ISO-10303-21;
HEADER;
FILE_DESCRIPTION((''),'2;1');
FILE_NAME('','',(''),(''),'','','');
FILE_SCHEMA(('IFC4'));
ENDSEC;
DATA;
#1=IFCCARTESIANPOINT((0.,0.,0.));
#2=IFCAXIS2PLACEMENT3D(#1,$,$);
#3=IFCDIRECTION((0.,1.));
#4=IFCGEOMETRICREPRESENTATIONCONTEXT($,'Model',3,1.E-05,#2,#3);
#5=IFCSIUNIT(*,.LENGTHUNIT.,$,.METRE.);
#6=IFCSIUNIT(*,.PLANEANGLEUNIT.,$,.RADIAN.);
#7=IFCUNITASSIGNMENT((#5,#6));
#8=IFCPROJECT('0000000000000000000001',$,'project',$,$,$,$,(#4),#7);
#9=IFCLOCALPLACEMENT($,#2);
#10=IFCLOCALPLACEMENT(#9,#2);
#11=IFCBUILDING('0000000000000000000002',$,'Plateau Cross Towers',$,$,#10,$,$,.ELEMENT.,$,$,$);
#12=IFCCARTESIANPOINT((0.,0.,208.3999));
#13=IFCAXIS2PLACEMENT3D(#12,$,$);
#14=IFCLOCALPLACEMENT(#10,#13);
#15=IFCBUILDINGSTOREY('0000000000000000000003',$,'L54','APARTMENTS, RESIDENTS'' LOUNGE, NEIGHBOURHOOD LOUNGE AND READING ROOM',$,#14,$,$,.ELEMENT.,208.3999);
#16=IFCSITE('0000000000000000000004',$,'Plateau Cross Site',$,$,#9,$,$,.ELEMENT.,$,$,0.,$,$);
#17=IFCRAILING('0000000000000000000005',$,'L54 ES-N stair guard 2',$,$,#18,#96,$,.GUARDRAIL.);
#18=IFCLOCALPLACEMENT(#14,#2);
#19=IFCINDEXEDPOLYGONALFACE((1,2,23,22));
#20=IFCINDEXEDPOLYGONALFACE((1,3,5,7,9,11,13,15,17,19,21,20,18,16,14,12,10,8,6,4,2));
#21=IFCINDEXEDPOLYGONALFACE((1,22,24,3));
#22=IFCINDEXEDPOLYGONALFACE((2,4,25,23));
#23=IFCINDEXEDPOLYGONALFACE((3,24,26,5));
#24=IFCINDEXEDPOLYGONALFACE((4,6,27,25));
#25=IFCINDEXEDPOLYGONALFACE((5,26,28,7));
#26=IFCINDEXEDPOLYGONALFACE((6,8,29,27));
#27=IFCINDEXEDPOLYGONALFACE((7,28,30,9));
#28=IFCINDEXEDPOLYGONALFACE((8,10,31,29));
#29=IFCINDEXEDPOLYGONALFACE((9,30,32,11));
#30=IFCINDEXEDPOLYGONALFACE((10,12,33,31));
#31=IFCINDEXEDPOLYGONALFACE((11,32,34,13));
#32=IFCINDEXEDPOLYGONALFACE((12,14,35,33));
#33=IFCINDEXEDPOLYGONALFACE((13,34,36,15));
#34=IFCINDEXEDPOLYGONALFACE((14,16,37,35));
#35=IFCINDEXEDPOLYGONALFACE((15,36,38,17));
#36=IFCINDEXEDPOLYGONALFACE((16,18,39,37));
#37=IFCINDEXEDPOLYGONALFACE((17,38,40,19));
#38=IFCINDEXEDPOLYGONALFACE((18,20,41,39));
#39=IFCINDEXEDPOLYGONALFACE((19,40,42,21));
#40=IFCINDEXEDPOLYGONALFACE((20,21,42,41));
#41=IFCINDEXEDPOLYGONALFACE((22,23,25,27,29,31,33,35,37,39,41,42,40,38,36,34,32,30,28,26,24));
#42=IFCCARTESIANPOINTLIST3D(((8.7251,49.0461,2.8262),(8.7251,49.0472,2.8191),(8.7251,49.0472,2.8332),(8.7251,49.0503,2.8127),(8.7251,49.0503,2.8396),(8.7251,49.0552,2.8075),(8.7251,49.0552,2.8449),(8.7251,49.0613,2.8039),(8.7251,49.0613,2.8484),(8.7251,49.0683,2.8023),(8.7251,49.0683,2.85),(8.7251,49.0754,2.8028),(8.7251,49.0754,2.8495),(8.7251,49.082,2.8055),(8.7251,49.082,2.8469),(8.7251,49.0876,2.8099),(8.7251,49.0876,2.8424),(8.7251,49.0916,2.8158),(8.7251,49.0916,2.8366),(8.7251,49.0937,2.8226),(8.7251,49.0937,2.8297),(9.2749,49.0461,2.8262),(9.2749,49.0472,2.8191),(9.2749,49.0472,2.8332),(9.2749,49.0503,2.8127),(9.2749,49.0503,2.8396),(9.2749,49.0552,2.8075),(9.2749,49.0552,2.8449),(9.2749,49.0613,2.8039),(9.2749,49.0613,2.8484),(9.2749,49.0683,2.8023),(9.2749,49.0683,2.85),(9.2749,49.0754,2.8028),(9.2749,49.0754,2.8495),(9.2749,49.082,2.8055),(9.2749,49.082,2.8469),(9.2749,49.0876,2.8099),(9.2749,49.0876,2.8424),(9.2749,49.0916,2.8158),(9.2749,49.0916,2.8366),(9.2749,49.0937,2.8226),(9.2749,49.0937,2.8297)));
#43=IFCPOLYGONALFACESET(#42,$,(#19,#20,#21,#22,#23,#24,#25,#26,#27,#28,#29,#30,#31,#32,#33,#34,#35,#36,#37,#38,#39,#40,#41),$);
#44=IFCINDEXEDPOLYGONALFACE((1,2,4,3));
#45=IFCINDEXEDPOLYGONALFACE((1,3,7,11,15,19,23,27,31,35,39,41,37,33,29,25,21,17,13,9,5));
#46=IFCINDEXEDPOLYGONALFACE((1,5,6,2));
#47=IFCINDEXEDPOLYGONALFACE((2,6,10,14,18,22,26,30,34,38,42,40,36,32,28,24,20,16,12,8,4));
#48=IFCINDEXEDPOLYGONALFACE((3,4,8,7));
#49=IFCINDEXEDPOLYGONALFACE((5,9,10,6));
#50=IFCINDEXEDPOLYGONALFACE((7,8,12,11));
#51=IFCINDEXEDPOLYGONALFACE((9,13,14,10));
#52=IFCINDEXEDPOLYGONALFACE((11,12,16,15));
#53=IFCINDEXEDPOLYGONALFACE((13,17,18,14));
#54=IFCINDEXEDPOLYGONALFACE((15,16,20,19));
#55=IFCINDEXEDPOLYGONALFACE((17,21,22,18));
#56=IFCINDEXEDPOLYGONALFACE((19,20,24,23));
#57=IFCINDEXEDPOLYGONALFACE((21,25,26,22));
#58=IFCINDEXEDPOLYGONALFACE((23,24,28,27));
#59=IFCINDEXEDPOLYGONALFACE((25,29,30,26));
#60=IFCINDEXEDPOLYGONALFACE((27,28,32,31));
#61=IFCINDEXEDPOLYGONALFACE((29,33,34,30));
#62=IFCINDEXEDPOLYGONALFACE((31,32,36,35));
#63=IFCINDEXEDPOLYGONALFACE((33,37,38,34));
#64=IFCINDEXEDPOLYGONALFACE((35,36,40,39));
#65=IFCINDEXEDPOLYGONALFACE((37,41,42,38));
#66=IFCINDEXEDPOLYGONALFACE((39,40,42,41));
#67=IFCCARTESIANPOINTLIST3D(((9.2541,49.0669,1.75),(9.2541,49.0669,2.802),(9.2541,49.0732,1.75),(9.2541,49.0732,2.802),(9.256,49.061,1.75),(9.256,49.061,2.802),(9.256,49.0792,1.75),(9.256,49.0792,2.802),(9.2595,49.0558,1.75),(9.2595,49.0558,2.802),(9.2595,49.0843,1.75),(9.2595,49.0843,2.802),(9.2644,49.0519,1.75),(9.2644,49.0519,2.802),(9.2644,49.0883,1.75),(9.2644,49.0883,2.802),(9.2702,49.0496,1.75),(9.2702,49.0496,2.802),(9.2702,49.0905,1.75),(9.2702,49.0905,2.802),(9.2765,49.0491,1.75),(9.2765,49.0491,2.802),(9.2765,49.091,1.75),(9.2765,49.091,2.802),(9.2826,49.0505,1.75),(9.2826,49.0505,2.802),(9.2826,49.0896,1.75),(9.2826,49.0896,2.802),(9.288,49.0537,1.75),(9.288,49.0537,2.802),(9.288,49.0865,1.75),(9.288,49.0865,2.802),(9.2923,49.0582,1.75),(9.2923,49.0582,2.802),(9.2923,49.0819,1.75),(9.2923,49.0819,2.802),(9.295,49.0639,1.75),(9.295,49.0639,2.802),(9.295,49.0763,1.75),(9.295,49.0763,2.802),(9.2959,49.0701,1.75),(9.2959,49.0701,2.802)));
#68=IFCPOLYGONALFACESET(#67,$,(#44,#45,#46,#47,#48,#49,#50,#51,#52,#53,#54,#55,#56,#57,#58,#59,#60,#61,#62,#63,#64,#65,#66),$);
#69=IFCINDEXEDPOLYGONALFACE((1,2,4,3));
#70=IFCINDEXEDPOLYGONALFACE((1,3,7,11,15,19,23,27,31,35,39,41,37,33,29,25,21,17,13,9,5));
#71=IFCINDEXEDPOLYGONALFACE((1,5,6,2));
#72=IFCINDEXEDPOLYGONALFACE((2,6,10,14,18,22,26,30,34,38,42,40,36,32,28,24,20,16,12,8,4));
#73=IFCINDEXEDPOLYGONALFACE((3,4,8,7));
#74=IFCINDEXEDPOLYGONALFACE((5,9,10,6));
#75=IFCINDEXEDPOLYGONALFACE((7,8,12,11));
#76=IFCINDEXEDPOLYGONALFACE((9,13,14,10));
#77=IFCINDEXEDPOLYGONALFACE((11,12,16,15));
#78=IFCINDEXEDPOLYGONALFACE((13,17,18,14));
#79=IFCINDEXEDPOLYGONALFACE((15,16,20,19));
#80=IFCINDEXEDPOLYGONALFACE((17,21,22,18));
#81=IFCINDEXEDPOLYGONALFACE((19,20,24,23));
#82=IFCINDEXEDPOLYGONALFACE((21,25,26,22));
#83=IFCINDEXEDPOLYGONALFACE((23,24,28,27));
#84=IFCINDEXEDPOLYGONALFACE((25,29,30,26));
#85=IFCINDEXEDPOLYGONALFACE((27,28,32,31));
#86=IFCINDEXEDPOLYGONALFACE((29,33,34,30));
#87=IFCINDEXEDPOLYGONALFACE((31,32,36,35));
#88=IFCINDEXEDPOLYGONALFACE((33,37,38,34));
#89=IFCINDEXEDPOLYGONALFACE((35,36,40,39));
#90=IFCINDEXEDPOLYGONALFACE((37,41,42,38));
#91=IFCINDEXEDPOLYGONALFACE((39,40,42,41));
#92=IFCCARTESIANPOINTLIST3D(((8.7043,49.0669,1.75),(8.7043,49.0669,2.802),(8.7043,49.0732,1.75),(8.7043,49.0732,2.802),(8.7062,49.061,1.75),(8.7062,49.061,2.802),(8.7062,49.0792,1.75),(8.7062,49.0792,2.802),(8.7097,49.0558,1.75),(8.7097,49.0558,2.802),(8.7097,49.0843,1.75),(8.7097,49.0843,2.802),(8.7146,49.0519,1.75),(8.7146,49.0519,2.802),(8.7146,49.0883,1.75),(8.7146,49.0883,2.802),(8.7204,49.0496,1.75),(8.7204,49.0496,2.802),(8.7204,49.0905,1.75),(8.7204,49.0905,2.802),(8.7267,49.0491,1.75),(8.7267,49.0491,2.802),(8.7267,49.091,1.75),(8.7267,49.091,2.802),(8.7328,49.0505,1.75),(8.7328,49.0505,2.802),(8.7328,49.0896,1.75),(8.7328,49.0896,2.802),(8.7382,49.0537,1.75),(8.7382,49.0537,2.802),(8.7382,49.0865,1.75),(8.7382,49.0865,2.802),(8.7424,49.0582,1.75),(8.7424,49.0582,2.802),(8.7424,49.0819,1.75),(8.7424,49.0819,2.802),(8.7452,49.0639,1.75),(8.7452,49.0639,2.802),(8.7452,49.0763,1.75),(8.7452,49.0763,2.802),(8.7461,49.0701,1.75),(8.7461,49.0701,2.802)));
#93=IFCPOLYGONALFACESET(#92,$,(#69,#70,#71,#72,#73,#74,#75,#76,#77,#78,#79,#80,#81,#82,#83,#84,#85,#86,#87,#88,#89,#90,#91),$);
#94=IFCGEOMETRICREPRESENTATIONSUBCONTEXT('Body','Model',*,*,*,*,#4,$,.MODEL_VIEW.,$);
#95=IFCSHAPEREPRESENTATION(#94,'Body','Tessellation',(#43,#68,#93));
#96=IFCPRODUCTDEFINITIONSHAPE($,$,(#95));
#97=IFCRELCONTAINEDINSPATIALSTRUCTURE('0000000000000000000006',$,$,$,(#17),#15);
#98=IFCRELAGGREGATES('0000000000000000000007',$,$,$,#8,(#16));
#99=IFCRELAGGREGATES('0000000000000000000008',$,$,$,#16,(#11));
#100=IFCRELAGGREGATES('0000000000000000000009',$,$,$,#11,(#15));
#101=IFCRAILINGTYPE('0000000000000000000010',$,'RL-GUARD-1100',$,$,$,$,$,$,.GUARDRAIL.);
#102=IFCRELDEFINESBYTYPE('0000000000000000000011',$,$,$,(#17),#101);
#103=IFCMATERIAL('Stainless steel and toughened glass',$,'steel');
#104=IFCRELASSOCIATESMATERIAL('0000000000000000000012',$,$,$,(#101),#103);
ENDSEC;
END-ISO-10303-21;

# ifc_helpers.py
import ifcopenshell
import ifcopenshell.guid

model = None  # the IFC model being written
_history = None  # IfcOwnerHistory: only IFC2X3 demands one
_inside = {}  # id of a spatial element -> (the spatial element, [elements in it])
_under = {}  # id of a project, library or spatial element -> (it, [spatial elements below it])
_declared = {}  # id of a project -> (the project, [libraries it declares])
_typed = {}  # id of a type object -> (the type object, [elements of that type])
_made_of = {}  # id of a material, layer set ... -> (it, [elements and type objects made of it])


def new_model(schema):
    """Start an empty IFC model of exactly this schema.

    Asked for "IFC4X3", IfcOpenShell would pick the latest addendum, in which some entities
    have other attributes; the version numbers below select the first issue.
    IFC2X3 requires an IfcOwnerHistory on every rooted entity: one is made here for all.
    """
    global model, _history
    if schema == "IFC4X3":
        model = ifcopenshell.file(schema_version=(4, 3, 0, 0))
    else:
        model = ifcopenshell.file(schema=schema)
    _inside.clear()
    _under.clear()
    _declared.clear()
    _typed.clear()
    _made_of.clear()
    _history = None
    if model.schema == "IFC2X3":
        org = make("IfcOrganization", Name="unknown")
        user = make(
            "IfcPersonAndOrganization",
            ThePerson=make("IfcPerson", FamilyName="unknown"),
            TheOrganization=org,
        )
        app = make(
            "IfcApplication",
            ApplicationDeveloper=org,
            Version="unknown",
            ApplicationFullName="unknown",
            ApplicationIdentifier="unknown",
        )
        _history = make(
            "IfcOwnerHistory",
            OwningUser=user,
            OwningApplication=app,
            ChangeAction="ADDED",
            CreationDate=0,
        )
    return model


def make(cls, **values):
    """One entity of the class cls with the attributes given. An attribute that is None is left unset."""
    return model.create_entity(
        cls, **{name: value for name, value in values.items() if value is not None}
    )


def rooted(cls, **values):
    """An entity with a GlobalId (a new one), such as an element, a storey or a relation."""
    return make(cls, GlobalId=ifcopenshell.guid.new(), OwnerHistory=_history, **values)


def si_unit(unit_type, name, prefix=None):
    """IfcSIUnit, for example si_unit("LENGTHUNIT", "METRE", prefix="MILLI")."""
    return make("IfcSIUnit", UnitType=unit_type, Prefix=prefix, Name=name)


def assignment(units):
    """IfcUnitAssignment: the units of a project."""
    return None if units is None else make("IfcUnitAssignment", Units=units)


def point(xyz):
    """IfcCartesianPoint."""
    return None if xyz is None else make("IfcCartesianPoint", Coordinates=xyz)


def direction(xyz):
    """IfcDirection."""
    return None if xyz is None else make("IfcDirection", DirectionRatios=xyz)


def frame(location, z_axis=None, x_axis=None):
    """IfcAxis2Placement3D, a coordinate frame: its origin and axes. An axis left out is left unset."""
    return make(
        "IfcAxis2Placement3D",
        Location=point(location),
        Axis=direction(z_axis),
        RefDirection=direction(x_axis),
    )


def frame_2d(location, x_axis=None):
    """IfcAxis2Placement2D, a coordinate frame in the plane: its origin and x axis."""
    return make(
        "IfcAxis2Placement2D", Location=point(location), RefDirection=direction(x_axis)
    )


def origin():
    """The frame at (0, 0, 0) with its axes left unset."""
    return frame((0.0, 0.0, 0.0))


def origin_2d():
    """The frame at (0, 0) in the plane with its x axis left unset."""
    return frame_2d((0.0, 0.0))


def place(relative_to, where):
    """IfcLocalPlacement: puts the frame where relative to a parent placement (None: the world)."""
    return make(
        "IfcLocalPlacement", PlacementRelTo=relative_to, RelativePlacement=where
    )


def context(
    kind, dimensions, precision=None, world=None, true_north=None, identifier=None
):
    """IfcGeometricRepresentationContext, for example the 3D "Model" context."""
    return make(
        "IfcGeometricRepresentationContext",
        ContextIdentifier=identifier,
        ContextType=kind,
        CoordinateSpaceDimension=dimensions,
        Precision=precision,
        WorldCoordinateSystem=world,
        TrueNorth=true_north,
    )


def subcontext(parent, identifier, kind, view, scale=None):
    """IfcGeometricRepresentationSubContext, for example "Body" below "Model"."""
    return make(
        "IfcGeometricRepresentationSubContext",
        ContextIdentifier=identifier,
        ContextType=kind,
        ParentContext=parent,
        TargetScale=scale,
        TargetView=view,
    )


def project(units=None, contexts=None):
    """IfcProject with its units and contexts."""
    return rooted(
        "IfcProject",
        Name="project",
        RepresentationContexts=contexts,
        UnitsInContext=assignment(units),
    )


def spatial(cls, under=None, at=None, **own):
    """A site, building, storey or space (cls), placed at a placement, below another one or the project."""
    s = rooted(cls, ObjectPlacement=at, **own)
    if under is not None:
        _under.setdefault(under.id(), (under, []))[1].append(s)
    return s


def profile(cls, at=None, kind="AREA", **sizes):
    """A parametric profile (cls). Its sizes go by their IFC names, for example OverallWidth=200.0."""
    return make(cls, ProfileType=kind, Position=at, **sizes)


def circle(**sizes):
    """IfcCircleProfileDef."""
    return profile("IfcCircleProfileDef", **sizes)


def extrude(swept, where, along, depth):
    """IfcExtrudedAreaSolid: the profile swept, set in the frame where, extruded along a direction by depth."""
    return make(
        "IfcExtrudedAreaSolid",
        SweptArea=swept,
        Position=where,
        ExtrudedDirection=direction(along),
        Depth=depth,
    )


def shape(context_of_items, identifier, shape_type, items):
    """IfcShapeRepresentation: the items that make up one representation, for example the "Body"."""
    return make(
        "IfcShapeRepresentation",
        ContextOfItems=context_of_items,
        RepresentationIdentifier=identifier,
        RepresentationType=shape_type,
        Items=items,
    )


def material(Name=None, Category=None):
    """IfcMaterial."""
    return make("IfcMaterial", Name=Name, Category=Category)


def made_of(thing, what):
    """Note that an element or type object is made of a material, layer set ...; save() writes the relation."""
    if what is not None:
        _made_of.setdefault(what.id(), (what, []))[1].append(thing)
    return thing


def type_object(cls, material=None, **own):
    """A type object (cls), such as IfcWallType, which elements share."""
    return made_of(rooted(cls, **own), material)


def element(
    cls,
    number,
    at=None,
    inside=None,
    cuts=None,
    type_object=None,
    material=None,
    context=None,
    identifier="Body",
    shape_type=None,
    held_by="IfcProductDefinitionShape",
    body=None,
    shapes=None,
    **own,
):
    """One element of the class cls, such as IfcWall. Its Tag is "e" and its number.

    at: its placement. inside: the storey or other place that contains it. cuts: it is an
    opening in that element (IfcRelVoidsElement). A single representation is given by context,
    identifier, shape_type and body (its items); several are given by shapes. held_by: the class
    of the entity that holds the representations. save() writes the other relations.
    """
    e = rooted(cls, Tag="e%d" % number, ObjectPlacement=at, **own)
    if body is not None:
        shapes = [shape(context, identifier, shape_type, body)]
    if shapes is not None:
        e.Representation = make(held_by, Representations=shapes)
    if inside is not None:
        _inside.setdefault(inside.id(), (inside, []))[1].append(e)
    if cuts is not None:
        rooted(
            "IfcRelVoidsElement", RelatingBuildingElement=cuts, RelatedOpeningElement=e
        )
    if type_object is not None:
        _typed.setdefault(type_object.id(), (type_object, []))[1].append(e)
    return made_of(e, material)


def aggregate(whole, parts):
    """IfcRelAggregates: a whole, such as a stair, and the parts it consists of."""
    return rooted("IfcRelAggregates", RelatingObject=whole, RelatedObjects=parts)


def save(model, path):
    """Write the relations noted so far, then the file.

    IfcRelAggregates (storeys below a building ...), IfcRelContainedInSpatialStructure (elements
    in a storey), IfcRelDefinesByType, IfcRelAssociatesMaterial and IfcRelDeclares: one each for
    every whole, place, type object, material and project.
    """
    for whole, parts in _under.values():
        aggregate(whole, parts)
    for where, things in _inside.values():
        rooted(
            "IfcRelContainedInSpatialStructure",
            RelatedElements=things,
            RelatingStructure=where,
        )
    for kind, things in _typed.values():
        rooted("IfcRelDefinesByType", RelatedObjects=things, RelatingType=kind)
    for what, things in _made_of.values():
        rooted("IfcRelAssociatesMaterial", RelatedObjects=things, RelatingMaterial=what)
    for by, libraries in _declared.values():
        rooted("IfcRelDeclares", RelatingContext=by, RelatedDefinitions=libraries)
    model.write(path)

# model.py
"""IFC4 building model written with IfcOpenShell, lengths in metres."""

from ifc_helpers import new_model, si_unit, direction, frame, origin, origin_2d, place, context, subcontext, project, spatial, circle, extrude, material, type_object, element, save


model = new_model("IFC4")

# Units and contexts
model_context = context("Model", 3, precision=1e-05, world=origin(), true_north=direction((0.0, 1.0)))
body_context = subcontext(model_context, "Body", "Model", "MODEL_VIEW")
ifc_project = project(units=[si_unit("LENGTHUNIT", "METRE"), si_unit("PLANEANGLEUNIT", "RADIAN")], contexts=[model_context])

# Site, building, storey
site_placement = place(None, origin())
site = spatial("IfcSite", under=ifc_project, at=site_placement, Name="Plateau Cross Site", CompositionType="ELEMENT", RefElevation=0.0)
building_placement = place(site_placement, origin())
building = spatial("IfcBuilding", under=site, at=building_placement, Name="Plateau Cross Towers", CompositionType="ELEMENT")
storey_placement = place(building_placement, frame((0.0, 0.0, 208.3999)))
storey = spatial("IfcBuildingStorey", under=building, at=storey_placement, Name="L54", Description="APARTMENTS, RESIDENTS' LOUNGE, NEIGHBOURHOOD LOUNGE AND READING ROOM", CompositionType="ELEMENT", Elevation=208.3999)

# Railing
ifc_material_1 = material(Name="Stainless steel and toughened glass", Category="steel")
railing_type = type_object("IfcRailingType", Name="RL-GUARD-1100", PredefinedType="GUARDRAIL", material=ifc_material_1)
railing_placement = place(storey_placement, frame((9.2749, 49.0701, 1.75)))
element("IfcRailing", 1, at=railing_placement, inside=storey, type_object=railing_type, Name="L54 ES-N stair guard 2", PredefinedType="GUARDRAIL", context=body_context, shape_type="SweptSolid", body=[
    extrude(circle(Radius=0.0239, at=origin_2d()), frame((0.0, 0.0, 1.0762), z_axis=(-1.0, 0.0, 0.0), x_axis=(0.0, -1.0, 0.0)), (0.0, 0.0, 1.0), 0.5498),
    extrude(circle(Radius=0.021, at=origin_2d()), origin(), (0.0, 0.0, 1.0), 1.052),
    extrude(circle(Radius=0.021, at=origin_2d()), frame((-0.5498, 0.0, 0.0)), (0.0, 0.0, 1.0), 1.052),
])

save(model, "model.ifc")
